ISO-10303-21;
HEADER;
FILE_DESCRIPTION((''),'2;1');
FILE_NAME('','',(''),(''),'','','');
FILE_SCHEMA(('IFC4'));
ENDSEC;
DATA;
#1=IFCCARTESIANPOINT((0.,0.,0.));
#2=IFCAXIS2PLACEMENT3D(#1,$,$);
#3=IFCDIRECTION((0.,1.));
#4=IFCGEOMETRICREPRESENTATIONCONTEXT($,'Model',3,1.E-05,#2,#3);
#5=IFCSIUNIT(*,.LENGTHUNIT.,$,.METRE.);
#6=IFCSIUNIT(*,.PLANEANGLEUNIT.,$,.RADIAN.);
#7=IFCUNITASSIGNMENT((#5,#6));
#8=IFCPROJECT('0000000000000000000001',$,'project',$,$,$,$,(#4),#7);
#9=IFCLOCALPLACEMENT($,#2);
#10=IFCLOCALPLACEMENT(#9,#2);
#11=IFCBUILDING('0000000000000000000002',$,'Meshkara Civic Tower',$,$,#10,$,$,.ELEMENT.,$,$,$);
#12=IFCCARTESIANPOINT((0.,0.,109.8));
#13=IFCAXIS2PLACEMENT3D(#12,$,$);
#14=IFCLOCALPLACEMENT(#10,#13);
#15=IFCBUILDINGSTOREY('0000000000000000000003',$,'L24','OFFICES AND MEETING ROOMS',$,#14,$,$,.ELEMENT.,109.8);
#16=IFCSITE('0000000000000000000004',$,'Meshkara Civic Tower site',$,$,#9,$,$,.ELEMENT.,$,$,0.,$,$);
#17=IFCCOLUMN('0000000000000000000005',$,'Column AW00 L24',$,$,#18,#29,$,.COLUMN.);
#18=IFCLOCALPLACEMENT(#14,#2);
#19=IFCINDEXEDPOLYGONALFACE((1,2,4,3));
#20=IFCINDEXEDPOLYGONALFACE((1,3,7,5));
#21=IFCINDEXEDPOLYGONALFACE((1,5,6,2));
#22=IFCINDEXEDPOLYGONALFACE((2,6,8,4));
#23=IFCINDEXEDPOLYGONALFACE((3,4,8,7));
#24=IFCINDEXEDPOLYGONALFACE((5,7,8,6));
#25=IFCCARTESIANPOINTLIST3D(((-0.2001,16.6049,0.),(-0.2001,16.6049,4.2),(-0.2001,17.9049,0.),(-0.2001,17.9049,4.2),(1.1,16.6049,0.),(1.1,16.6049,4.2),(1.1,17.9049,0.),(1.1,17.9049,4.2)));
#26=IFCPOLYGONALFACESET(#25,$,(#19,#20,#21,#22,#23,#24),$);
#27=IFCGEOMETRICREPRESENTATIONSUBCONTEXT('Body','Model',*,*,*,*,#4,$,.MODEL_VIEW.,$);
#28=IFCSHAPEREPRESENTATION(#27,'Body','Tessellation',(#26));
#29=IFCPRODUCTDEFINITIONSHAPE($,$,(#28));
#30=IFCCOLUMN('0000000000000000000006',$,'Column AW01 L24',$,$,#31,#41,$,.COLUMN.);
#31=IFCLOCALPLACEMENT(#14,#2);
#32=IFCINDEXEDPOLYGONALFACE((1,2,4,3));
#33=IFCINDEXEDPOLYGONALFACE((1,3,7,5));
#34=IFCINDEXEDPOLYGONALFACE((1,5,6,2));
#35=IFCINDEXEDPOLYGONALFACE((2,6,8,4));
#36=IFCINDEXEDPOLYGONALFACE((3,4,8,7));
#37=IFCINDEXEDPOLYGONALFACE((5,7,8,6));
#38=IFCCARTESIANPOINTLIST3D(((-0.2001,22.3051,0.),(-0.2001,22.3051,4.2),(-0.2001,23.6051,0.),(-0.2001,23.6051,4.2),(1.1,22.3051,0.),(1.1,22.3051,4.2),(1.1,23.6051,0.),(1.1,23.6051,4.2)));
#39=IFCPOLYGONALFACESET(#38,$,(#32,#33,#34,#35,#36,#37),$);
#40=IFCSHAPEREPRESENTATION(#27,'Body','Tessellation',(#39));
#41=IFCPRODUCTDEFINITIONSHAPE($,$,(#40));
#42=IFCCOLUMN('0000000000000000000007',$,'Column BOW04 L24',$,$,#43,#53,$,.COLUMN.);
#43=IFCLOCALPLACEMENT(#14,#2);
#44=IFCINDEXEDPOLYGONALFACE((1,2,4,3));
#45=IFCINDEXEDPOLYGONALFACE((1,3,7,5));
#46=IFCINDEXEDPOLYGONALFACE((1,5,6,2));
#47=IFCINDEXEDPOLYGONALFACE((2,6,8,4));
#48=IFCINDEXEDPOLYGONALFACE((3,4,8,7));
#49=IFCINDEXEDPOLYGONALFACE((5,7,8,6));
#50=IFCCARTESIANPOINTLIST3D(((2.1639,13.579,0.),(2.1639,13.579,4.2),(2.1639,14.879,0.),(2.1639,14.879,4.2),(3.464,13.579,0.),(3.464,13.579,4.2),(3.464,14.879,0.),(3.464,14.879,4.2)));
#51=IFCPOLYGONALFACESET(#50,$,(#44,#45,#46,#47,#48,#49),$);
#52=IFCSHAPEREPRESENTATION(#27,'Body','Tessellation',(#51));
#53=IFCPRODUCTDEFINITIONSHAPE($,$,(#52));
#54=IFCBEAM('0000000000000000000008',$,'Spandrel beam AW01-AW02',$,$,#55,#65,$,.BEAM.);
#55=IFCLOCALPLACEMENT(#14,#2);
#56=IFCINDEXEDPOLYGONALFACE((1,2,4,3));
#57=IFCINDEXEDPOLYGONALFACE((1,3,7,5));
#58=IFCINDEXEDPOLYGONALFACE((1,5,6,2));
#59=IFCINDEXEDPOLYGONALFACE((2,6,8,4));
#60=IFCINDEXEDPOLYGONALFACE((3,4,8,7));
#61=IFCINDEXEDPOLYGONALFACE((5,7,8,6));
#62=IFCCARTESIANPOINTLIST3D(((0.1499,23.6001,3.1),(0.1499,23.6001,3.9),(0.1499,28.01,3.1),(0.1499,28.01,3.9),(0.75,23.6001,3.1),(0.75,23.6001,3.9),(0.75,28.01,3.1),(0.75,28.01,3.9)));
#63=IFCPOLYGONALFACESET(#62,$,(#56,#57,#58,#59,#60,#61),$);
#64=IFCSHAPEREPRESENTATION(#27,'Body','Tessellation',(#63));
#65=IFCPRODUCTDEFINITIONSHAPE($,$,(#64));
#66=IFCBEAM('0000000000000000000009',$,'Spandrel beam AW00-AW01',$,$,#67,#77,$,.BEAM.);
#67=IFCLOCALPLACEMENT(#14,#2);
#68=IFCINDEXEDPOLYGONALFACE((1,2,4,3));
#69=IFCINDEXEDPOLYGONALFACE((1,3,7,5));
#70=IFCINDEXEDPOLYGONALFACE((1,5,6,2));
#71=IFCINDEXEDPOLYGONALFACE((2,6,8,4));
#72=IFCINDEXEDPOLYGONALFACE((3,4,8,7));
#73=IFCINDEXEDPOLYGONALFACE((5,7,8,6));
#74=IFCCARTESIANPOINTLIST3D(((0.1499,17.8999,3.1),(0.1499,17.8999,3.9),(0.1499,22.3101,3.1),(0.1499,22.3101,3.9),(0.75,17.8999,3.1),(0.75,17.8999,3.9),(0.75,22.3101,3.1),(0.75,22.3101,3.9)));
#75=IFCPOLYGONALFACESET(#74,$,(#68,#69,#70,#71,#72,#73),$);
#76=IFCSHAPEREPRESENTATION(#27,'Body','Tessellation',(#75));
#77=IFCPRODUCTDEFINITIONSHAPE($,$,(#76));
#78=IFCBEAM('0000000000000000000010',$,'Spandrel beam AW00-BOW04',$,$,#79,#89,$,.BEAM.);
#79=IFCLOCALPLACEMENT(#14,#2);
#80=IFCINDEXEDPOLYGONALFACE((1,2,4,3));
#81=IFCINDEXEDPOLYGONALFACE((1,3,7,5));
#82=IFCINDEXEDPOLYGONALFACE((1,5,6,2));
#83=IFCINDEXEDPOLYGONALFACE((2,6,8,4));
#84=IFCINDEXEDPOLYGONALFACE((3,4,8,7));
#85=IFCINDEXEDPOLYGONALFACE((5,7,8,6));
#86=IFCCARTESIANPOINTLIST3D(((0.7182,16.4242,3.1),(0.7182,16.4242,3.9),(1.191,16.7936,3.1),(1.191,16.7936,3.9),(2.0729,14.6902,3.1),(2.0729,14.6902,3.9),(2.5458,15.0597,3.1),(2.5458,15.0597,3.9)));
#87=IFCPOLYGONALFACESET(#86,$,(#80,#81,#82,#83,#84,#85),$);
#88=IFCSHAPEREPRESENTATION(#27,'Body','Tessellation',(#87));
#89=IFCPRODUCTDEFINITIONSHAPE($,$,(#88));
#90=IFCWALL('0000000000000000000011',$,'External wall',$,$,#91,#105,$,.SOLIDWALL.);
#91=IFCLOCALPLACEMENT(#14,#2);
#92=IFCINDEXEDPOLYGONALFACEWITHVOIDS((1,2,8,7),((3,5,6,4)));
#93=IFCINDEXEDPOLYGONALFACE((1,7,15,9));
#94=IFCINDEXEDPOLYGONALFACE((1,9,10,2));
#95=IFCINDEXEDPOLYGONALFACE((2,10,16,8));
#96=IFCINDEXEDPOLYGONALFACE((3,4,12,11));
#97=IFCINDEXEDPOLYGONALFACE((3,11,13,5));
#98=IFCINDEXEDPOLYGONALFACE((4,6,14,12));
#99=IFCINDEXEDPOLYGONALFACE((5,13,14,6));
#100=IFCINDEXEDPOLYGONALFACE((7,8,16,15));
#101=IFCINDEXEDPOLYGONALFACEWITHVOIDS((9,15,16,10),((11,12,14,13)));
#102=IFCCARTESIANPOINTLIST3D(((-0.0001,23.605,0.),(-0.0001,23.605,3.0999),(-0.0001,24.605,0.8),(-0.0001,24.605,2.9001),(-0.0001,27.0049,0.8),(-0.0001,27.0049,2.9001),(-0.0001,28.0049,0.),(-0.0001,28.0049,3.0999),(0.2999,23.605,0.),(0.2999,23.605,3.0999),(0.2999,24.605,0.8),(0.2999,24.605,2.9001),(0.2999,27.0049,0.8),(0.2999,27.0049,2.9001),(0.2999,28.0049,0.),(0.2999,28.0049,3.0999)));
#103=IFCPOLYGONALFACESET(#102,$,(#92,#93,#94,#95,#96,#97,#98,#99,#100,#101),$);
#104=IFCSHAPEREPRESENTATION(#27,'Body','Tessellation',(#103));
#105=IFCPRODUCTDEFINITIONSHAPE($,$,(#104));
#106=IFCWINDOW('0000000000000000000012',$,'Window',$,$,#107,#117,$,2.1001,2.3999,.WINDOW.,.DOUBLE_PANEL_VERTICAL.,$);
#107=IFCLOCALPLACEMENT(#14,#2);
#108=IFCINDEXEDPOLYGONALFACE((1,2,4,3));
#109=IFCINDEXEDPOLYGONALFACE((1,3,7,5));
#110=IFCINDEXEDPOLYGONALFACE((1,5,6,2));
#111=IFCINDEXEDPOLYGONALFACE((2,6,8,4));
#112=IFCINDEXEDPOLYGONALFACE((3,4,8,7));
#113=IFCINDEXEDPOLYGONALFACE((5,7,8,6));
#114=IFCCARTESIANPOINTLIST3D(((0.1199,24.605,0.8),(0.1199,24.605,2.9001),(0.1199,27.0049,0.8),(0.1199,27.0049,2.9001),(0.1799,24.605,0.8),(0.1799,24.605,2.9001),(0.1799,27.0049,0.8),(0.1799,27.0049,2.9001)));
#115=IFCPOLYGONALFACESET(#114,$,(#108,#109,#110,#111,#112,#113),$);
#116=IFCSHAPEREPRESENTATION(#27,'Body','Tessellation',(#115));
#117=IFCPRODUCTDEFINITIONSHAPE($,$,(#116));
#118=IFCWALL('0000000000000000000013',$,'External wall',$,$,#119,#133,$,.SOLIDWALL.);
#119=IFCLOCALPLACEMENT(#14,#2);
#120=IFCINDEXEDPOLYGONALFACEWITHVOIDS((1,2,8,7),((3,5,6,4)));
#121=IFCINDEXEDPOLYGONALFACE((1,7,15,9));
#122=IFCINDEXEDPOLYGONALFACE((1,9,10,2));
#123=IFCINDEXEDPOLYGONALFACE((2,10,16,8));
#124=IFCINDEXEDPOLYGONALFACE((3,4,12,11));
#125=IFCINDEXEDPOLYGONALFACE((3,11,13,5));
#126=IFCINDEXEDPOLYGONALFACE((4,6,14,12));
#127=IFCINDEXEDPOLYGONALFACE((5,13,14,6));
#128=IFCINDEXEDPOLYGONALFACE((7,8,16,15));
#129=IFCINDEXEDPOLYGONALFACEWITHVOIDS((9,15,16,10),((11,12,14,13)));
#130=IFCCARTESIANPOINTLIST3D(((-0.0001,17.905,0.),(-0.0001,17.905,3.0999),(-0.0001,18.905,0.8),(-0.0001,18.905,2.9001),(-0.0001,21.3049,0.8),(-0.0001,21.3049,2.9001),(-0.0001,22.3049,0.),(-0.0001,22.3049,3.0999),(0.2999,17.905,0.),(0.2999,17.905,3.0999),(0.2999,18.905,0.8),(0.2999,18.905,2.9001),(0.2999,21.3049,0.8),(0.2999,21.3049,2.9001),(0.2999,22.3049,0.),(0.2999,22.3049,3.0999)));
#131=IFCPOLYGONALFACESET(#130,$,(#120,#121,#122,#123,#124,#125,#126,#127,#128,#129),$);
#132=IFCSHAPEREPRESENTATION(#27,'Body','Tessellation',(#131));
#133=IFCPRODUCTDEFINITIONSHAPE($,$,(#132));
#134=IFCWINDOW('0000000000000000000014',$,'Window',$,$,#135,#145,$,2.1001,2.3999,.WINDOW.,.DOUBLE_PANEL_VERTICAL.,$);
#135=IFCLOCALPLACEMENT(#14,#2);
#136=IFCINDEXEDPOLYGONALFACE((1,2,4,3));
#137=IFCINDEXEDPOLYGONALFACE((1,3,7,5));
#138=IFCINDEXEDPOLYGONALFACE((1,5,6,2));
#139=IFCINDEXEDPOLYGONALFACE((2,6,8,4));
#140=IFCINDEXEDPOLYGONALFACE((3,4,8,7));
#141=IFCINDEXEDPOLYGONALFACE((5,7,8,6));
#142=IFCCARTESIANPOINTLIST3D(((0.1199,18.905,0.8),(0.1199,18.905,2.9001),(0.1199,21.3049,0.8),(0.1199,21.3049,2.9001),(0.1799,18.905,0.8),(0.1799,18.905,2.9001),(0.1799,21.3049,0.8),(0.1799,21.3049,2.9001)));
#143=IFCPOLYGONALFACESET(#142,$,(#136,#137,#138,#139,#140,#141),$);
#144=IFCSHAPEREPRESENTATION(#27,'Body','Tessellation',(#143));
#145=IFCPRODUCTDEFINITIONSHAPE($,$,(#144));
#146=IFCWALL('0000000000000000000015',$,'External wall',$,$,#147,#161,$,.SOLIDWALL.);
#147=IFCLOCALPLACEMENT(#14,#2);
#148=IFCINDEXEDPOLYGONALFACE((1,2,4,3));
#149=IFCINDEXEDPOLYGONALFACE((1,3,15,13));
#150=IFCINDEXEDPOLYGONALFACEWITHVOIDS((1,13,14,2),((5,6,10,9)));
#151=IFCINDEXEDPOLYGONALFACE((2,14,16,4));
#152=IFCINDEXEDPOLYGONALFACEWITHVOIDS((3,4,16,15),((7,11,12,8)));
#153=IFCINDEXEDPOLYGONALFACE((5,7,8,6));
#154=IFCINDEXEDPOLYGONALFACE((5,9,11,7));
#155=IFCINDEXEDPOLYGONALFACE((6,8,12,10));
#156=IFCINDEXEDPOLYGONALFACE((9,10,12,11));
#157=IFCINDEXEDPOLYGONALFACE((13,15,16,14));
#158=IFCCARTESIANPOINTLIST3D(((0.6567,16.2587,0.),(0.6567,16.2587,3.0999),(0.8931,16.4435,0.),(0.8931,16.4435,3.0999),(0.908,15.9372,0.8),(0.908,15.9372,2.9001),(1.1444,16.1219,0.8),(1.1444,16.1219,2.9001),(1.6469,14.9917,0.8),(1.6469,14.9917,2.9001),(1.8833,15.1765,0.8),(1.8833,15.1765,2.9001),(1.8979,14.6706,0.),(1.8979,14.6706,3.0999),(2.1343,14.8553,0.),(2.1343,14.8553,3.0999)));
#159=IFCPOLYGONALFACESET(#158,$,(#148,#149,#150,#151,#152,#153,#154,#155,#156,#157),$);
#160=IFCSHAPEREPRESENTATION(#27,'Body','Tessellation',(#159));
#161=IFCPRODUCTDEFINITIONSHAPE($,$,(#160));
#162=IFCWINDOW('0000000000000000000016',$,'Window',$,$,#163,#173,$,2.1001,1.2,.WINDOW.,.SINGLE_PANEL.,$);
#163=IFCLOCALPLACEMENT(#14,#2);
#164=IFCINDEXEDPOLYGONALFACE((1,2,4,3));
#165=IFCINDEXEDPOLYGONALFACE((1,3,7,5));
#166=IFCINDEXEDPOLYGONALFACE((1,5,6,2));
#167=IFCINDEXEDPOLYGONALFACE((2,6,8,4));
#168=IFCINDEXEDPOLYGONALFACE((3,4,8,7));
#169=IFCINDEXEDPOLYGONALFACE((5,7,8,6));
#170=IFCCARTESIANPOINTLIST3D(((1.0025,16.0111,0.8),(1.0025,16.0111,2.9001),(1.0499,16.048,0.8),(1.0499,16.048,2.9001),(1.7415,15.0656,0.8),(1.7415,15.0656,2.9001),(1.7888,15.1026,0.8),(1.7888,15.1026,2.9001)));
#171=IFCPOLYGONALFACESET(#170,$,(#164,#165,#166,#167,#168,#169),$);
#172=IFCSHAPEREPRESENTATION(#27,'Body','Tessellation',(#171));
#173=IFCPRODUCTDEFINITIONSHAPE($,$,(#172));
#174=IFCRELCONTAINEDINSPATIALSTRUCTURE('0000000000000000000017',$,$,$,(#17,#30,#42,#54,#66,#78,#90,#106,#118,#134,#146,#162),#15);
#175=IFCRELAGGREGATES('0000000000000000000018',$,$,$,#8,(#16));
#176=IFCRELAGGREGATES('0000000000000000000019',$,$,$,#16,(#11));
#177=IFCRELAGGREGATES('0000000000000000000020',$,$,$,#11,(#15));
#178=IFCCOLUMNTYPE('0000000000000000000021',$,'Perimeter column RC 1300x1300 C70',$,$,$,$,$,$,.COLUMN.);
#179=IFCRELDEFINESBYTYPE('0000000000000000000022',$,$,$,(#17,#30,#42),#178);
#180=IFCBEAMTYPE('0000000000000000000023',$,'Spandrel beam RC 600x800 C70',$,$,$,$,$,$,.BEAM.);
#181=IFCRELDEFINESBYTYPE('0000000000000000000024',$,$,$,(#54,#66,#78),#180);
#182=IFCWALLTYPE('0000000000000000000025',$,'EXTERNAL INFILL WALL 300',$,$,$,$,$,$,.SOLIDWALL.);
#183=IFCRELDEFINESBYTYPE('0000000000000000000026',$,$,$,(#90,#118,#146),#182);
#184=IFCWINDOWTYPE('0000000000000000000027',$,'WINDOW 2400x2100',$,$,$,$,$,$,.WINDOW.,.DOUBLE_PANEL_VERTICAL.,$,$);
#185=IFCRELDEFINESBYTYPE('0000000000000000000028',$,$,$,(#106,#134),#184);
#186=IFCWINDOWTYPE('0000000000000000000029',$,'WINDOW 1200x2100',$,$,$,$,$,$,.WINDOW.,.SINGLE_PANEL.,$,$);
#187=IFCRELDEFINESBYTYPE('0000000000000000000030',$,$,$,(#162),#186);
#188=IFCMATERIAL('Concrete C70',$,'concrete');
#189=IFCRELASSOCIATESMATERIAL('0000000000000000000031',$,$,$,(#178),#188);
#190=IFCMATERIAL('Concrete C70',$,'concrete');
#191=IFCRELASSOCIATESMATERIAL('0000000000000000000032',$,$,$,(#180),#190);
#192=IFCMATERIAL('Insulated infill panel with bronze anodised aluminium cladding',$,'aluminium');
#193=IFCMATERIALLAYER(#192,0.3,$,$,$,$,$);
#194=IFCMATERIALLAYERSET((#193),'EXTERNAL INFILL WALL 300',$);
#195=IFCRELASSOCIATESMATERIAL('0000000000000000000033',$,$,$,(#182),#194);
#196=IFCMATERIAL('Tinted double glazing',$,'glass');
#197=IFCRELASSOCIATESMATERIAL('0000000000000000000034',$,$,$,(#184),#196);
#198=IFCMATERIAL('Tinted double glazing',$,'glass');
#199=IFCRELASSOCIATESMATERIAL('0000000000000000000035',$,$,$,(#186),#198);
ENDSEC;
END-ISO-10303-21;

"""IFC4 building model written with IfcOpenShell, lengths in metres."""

from ifc_helpers import new_model, si_unit, direction, frame, frame_2d, origin, origin_2d, place, context, subcontext, project, spatial, rectangle, extrude, material, layer, layer_set, material_profile, profile_set, type_object, element, fill, save


model = new_model("IFC4")

# Units and contexts
model_context = context("Model", 3, precision=1e-05, world=origin(), true_north=direction((0.0, 1.0)))
body_context = subcontext(model_context, "Body", "Model", "MODEL_VIEW")
ifc_project = project(units=[si_unit("LENGTHUNIT", "METRE"), si_unit("PLANEANGLEUNIT", "RADIAN")], contexts=[model_context])

# Site, building, storey
site_placement = place(None, origin())
site = spatial("IfcSite", under=ifc_project, at=site_placement, Name="Meshkara Civic Tower site", CompositionType="ELEMENT", RefElevation=0.0)
building_placement = place(site_placement, origin())
building = spatial("IfcBuilding", under=site, at=building_placement, Name="Meshkara Civic Tower", CompositionType="ELEMENT")
storey_placement = place(building_placement, frame((0.0, 0.0, 109.8)))
storey = spatial("IfcBuildingStorey", under=building, at=storey_placement, Name="L24", Description="OFFICES AND MEETING ROOMS", CompositionType="ELEMENT", Elevation=109.8)

# Columns
ifc_material_1 = material(Name="Concrete C70", Category="concrete")
ifc_material_profile_1 = material_profile(ifc_material_1, rectangle(XDim=1.3, YDim=1.3, at=origin_2d()))
ifc_profile_set_1 = profile_set([ifc_material_profile_1], Name="Concrete C70")
column_type = type_object("IfcColumnType", Name="Perimeter column RC 1300x1300 C70", PredefinedType="COLUMN", material=ifc_profile_set_1)
for number, where, z_axis, x_axis, name in (
    (1, (0.45, 17.2549, 0.0), (0.0, 0.0, 1.0), (1.0, 0.0, 0.0), "Column AW00 L24"),
    (2, (0.45, 22.9551, 0.0), (0.0, 0.0, 1.0), (1.0, 0.0, 0.0), "Column AW01 L24"),
    (3, (2.814, 14.229, 0.0), (0.0, 0.0, 1.0), (1.0, 0.0, 0.0), "Column BOW04 L24"),
):
    element("IfcColumn", number, at=place(storey_placement, frame(where, z_axis=z_axis, x_axis=x_axis)), inside=storey, type_object=column_type, Name=name, PredefinedType="COLUMN", context=body_context, shape_type="SweptSolid", body=[
        extrude(rectangle(XDim=1.3, YDim=1.3, at=origin_2d()), origin(), (0.0, 0.0, 1.0), 4.2),
    ])

# Beams
ifc_material_2 = material(Name="Concrete C70", Category="concrete")
ifc_material_profile_2 = material_profile(ifc_material_2, rectangle(XDim=0.6001, YDim=0.8, at=origin_2d()))
ifc_profile_set_2 = profile_set([ifc_material_profile_2], Name="Concrete C70")
beam_type = type_object("IfcBeamType", Name="Spandrel beam RC 600x800 C70", PredefinedType="BEAM", material=ifc_profile_set_2)
beam_1_placement = place(storey_placement, frame((0.45, 28.01, 3.5), z_axis=(0.0, -1.0, 0.0), x_axis=(1.0, 0.0, 0.0)))
element("IfcBeam", 4, at=beam_1_placement, inside=storey, type_object=beam_type, Name="Spandrel beam AW01-AW02", PredefinedType="BEAM", context=body_context, shape_type="SweptSolid", body=[
    extrude(rectangle(XDim=0.6001, YDim=0.8, at=origin_2d()), origin(), (0.0, 0.0, 1.0), 4.4099),
])
beam_2_placement = place(storey_placement, frame((0.45, 22.3101, 3.5), z_axis=(0.0, -1.0, 0.0), x_axis=(1.0, 0.0, 0.0)))
element("IfcBeam", 5, at=beam_2_placement, inside=storey, type_object=beam_type, Name="Spandrel beam AW00-AW01", PredefinedType="BEAM", context=body_context, shape_type="SweptSolid", body=[
    extrude(rectangle(XDim=0.6001, YDim=0.8, at=origin_2d()), origin(), (0.0, 0.0, 1.0), 4.4102),
])
beam_3_placement = place(storey_placement, frame((0.9546, 16.6089, 3.5), z_axis=(0.615683, -0.787994, 0.0), x_axis=(0.787994, 0.615683, 0.0)))
element("IfcBeam", 6, at=beam_3_placement, inside=storey, type_object=beam_type, Name="Spandrel beam AW00-BOW04", PredefinedType="BEAM", context=body_context, shape_type="SweptSolid", body=[
    extrude(rectangle(XDim=0.6001, YDim=0.8, at=origin_2d()), origin(), (0.0, 0.0, 1.0), 2.2004),
])

# Walls, openings, windows
ifc_material_3 = material(Name="Insulated infill panel with bronze anodised aluminium cladding", Category="aluminium")
ifc_layer_1 = layer(ifc_material_3, 0.3)
ifc_layer_set_1 = layer_set([ifc_layer_1], Name="EXTERNAL INFILL WALL 300")
wall_type_1 = type_object("IfcWallType", Name="EXTERNAL INFILL WALL 300", PredefinedType="SOLIDWALL", material=ifc_layer_set_1)
wall_1_placement = place(storey_placement, frame((0.1499, 28.0049, 0.0), z_axis=(0.0, 0.0, 1.0), x_axis=(0.0, -1.0, 0.0)))
wall_1 = element("IfcWall", 7, at=wall_1_placement, inside=storey, type_object=wall_type_1, Name="External wall", PredefinedType="SOLIDWALL", context=body_context, shape_type="SweptSolid", body=[
    extrude(rectangle(XDim=4.3999, YDim=0.3, at=frame_2d((2.2, 0.0))), origin(), (0.0, 0.0, 1.0), 3.0999),
])
opening_1_placement = place(wall_1_placement, frame((1.0, 0.0, 0.8)))
opening_1 = element("IfcOpeningElement", 8, at=opening_1_placement, cuts=wall_1, PredefinedType="OPENING", context=body_context, shape_type="SweptSolid", body=[
    extrude(rectangle(XDim=2.3999, YDim=2.1001, at=frame_2d((1.2, 1.05))), frame((0.0, 0.1599, 0.0), z_axis=(0.0, -1.0, 0.0), x_axis=(1.0, 0.0, 0.0)), (0.0, 0.0, 1.0), 0.3201),
])
ifc_material_4 = material(Name="Tinted double glazing", Category="glass")
window_type_1 = type_object("IfcWindowType", Name="WINDOW 2400x2100", PartitioningType="DOUBLE_PANEL_VERTICAL", PredefinedType="WINDOW", material=ifc_material_4)
window_1_placement = place(opening_1_placement, origin())
window_1 = element("IfcWindow", 9, at=window_1_placement, inside=storey, type_object=window_type_1, Name="Window", OverallHeight=2.1001, OverallWidth=2.3999, PartitioningType="DOUBLE_PANEL_VERTICAL", PredefinedType="WINDOW", context=body_context, shape_type="SweptSolid", body=[
    extrude(rectangle(XDim=2.3999, YDim=2.1001, at=frame_2d((1.2, 1.05))), frame((0.0, 0.03, 0.0), z_axis=(0.0, -1.0, 0.0), x_axis=(1.0, 0.0, 0.0)), (0.0, 0.0, 1.0), 0.0601),
])
fill(opening_1, window_1)
wall_2_placement = place(storey_placement, frame((0.1499, 22.3049, 0.0), z_axis=(0.0, 0.0, 1.0), x_axis=(0.0, -1.0, 0.0)))
wall_2 = element("IfcWall", 10, at=wall_2_placement, inside=storey, type_object=wall_type_1, Name="External wall", PredefinedType="SOLIDWALL", context=body_context, shape_type="SweptSolid", body=[
    extrude(rectangle(XDim=4.3999, YDim=0.3, at=frame_2d((2.2, 0.0))), origin(), (0.0, 0.0, 1.0), 3.0999),
])
opening_2_placement = place(wall_2_placement, frame((1.0, 0.0, 0.8)))
opening_2 = element("IfcOpeningElement", 11, at=opening_2_placement, cuts=wall_2, PredefinedType="OPENING", context=body_context, shape_type="SweptSolid", body=[
    extrude(rectangle(XDim=2.3999, YDim=2.1001, at=frame_2d((1.2, 1.05))), frame((0.0, 0.1599, 0.0), z_axis=(0.0, -1.0, 0.0), x_axis=(1.0, 0.0, 0.0)), (0.0, 0.0, 1.0), 0.3201),
])
window_2_placement = place(opening_2_placement, origin())
window_2 = element("IfcWindow", 12, at=window_2_placement, inside=storey, type_object=window_type_1, Name="Window", OverallHeight=2.1001, OverallWidth=2.3999, PartitioningType="DOUBLE_PANEL_VERTICAL", PredefinedType="WINDOW", context=body_context, shape_type="SweptSolid", body=[
    extrude(rectangle(XDim=2.3999, YDim=2.1001, at=frame_2d((1.2, 1.05))), frame((0.0, 0.03, 0.0), z_axis=(0.0, -1.0, 0.0), x_axis=(1.0, 0.0, 0.0)), (0.0, 0.0, 1.0), 0.0601),
])
fill(opening_2, window_2)
wall_3_placement = place(storey_placement, frame((0.7749, 16.3511, 0.0), z_axis=(0.0, 0.0, 1.0), x_axis=(0.615792, -0.787909, 0.0)))
wall_3 = element("IfcWall", 13, at=wall_3_placement, inside=storey, type_object=wall_type_1, Name="External wall", PredefinedType="SOLIDWALL", context=body_context, shape_type="SweptSolid", body=[
    extrude(rectangle(XDim=2.0156, YDim=0.3, at=frame_2d((1.0078, 0.0))), origin(), (0.0, 0.0, 1.0), 3.0999),
])
opening_3_placement = place(wall_3_placement, frame((0.408, 0.0, 0.8)))
opening_3 = element("IfcOpeningElement", 14, at=opening_3_placement, cuts=wall_3, PredefinedType="OPENING", context=body_context, shape_type="SweptSolid", body=[
    extrude(rectangle(XDim=1.2, YDim=2.1001, at=frame_2d((0.6001, 1.05))), frame((0.0, 0.1599, 0.0), z_axis=(0.0, -1.0, 0.0), x_axis=(1.0, 0.0, 0.0)), (0.0, 0.0, 1.0), 0.3201),
])
ifc_material_5 = material(Name="Tinted double glazing", Category="glass")
window_type_2 = type_object("IfcWindowType", Name="WINDOW 1200x2100", PartitioningType="SINGLE_PANEL", PredefinedType="WINDOW", material=ifc_material_5)
window_3_placement = place(opening_3_placement, origin())
window_3 = element("IfcWindow", 15, at=window_3_placement, inside=storey, type_object=window_type_2, Name="Window", OverallHeight=2.1001, OverallWidth=1.2, PartitioningType="SINGLE_PANEL", PredefinedType="WINDOW", context=body_context, shape_type="SweptSolid", body=[
    extrude(rectangle(XDim=1.2, YDim=2.1001, at=frame_2d((0.6001, 1.05))), frame((0.0, 0.03, 0.0), z_axis=(0.0, -1.0, 0.0), x_axis=(1.0, 0.0, 0.0)), (0.0, 0.0, 1.0), 0.0601),
])
fill(opening_3, window_3)

save(model, "model.ifc")
